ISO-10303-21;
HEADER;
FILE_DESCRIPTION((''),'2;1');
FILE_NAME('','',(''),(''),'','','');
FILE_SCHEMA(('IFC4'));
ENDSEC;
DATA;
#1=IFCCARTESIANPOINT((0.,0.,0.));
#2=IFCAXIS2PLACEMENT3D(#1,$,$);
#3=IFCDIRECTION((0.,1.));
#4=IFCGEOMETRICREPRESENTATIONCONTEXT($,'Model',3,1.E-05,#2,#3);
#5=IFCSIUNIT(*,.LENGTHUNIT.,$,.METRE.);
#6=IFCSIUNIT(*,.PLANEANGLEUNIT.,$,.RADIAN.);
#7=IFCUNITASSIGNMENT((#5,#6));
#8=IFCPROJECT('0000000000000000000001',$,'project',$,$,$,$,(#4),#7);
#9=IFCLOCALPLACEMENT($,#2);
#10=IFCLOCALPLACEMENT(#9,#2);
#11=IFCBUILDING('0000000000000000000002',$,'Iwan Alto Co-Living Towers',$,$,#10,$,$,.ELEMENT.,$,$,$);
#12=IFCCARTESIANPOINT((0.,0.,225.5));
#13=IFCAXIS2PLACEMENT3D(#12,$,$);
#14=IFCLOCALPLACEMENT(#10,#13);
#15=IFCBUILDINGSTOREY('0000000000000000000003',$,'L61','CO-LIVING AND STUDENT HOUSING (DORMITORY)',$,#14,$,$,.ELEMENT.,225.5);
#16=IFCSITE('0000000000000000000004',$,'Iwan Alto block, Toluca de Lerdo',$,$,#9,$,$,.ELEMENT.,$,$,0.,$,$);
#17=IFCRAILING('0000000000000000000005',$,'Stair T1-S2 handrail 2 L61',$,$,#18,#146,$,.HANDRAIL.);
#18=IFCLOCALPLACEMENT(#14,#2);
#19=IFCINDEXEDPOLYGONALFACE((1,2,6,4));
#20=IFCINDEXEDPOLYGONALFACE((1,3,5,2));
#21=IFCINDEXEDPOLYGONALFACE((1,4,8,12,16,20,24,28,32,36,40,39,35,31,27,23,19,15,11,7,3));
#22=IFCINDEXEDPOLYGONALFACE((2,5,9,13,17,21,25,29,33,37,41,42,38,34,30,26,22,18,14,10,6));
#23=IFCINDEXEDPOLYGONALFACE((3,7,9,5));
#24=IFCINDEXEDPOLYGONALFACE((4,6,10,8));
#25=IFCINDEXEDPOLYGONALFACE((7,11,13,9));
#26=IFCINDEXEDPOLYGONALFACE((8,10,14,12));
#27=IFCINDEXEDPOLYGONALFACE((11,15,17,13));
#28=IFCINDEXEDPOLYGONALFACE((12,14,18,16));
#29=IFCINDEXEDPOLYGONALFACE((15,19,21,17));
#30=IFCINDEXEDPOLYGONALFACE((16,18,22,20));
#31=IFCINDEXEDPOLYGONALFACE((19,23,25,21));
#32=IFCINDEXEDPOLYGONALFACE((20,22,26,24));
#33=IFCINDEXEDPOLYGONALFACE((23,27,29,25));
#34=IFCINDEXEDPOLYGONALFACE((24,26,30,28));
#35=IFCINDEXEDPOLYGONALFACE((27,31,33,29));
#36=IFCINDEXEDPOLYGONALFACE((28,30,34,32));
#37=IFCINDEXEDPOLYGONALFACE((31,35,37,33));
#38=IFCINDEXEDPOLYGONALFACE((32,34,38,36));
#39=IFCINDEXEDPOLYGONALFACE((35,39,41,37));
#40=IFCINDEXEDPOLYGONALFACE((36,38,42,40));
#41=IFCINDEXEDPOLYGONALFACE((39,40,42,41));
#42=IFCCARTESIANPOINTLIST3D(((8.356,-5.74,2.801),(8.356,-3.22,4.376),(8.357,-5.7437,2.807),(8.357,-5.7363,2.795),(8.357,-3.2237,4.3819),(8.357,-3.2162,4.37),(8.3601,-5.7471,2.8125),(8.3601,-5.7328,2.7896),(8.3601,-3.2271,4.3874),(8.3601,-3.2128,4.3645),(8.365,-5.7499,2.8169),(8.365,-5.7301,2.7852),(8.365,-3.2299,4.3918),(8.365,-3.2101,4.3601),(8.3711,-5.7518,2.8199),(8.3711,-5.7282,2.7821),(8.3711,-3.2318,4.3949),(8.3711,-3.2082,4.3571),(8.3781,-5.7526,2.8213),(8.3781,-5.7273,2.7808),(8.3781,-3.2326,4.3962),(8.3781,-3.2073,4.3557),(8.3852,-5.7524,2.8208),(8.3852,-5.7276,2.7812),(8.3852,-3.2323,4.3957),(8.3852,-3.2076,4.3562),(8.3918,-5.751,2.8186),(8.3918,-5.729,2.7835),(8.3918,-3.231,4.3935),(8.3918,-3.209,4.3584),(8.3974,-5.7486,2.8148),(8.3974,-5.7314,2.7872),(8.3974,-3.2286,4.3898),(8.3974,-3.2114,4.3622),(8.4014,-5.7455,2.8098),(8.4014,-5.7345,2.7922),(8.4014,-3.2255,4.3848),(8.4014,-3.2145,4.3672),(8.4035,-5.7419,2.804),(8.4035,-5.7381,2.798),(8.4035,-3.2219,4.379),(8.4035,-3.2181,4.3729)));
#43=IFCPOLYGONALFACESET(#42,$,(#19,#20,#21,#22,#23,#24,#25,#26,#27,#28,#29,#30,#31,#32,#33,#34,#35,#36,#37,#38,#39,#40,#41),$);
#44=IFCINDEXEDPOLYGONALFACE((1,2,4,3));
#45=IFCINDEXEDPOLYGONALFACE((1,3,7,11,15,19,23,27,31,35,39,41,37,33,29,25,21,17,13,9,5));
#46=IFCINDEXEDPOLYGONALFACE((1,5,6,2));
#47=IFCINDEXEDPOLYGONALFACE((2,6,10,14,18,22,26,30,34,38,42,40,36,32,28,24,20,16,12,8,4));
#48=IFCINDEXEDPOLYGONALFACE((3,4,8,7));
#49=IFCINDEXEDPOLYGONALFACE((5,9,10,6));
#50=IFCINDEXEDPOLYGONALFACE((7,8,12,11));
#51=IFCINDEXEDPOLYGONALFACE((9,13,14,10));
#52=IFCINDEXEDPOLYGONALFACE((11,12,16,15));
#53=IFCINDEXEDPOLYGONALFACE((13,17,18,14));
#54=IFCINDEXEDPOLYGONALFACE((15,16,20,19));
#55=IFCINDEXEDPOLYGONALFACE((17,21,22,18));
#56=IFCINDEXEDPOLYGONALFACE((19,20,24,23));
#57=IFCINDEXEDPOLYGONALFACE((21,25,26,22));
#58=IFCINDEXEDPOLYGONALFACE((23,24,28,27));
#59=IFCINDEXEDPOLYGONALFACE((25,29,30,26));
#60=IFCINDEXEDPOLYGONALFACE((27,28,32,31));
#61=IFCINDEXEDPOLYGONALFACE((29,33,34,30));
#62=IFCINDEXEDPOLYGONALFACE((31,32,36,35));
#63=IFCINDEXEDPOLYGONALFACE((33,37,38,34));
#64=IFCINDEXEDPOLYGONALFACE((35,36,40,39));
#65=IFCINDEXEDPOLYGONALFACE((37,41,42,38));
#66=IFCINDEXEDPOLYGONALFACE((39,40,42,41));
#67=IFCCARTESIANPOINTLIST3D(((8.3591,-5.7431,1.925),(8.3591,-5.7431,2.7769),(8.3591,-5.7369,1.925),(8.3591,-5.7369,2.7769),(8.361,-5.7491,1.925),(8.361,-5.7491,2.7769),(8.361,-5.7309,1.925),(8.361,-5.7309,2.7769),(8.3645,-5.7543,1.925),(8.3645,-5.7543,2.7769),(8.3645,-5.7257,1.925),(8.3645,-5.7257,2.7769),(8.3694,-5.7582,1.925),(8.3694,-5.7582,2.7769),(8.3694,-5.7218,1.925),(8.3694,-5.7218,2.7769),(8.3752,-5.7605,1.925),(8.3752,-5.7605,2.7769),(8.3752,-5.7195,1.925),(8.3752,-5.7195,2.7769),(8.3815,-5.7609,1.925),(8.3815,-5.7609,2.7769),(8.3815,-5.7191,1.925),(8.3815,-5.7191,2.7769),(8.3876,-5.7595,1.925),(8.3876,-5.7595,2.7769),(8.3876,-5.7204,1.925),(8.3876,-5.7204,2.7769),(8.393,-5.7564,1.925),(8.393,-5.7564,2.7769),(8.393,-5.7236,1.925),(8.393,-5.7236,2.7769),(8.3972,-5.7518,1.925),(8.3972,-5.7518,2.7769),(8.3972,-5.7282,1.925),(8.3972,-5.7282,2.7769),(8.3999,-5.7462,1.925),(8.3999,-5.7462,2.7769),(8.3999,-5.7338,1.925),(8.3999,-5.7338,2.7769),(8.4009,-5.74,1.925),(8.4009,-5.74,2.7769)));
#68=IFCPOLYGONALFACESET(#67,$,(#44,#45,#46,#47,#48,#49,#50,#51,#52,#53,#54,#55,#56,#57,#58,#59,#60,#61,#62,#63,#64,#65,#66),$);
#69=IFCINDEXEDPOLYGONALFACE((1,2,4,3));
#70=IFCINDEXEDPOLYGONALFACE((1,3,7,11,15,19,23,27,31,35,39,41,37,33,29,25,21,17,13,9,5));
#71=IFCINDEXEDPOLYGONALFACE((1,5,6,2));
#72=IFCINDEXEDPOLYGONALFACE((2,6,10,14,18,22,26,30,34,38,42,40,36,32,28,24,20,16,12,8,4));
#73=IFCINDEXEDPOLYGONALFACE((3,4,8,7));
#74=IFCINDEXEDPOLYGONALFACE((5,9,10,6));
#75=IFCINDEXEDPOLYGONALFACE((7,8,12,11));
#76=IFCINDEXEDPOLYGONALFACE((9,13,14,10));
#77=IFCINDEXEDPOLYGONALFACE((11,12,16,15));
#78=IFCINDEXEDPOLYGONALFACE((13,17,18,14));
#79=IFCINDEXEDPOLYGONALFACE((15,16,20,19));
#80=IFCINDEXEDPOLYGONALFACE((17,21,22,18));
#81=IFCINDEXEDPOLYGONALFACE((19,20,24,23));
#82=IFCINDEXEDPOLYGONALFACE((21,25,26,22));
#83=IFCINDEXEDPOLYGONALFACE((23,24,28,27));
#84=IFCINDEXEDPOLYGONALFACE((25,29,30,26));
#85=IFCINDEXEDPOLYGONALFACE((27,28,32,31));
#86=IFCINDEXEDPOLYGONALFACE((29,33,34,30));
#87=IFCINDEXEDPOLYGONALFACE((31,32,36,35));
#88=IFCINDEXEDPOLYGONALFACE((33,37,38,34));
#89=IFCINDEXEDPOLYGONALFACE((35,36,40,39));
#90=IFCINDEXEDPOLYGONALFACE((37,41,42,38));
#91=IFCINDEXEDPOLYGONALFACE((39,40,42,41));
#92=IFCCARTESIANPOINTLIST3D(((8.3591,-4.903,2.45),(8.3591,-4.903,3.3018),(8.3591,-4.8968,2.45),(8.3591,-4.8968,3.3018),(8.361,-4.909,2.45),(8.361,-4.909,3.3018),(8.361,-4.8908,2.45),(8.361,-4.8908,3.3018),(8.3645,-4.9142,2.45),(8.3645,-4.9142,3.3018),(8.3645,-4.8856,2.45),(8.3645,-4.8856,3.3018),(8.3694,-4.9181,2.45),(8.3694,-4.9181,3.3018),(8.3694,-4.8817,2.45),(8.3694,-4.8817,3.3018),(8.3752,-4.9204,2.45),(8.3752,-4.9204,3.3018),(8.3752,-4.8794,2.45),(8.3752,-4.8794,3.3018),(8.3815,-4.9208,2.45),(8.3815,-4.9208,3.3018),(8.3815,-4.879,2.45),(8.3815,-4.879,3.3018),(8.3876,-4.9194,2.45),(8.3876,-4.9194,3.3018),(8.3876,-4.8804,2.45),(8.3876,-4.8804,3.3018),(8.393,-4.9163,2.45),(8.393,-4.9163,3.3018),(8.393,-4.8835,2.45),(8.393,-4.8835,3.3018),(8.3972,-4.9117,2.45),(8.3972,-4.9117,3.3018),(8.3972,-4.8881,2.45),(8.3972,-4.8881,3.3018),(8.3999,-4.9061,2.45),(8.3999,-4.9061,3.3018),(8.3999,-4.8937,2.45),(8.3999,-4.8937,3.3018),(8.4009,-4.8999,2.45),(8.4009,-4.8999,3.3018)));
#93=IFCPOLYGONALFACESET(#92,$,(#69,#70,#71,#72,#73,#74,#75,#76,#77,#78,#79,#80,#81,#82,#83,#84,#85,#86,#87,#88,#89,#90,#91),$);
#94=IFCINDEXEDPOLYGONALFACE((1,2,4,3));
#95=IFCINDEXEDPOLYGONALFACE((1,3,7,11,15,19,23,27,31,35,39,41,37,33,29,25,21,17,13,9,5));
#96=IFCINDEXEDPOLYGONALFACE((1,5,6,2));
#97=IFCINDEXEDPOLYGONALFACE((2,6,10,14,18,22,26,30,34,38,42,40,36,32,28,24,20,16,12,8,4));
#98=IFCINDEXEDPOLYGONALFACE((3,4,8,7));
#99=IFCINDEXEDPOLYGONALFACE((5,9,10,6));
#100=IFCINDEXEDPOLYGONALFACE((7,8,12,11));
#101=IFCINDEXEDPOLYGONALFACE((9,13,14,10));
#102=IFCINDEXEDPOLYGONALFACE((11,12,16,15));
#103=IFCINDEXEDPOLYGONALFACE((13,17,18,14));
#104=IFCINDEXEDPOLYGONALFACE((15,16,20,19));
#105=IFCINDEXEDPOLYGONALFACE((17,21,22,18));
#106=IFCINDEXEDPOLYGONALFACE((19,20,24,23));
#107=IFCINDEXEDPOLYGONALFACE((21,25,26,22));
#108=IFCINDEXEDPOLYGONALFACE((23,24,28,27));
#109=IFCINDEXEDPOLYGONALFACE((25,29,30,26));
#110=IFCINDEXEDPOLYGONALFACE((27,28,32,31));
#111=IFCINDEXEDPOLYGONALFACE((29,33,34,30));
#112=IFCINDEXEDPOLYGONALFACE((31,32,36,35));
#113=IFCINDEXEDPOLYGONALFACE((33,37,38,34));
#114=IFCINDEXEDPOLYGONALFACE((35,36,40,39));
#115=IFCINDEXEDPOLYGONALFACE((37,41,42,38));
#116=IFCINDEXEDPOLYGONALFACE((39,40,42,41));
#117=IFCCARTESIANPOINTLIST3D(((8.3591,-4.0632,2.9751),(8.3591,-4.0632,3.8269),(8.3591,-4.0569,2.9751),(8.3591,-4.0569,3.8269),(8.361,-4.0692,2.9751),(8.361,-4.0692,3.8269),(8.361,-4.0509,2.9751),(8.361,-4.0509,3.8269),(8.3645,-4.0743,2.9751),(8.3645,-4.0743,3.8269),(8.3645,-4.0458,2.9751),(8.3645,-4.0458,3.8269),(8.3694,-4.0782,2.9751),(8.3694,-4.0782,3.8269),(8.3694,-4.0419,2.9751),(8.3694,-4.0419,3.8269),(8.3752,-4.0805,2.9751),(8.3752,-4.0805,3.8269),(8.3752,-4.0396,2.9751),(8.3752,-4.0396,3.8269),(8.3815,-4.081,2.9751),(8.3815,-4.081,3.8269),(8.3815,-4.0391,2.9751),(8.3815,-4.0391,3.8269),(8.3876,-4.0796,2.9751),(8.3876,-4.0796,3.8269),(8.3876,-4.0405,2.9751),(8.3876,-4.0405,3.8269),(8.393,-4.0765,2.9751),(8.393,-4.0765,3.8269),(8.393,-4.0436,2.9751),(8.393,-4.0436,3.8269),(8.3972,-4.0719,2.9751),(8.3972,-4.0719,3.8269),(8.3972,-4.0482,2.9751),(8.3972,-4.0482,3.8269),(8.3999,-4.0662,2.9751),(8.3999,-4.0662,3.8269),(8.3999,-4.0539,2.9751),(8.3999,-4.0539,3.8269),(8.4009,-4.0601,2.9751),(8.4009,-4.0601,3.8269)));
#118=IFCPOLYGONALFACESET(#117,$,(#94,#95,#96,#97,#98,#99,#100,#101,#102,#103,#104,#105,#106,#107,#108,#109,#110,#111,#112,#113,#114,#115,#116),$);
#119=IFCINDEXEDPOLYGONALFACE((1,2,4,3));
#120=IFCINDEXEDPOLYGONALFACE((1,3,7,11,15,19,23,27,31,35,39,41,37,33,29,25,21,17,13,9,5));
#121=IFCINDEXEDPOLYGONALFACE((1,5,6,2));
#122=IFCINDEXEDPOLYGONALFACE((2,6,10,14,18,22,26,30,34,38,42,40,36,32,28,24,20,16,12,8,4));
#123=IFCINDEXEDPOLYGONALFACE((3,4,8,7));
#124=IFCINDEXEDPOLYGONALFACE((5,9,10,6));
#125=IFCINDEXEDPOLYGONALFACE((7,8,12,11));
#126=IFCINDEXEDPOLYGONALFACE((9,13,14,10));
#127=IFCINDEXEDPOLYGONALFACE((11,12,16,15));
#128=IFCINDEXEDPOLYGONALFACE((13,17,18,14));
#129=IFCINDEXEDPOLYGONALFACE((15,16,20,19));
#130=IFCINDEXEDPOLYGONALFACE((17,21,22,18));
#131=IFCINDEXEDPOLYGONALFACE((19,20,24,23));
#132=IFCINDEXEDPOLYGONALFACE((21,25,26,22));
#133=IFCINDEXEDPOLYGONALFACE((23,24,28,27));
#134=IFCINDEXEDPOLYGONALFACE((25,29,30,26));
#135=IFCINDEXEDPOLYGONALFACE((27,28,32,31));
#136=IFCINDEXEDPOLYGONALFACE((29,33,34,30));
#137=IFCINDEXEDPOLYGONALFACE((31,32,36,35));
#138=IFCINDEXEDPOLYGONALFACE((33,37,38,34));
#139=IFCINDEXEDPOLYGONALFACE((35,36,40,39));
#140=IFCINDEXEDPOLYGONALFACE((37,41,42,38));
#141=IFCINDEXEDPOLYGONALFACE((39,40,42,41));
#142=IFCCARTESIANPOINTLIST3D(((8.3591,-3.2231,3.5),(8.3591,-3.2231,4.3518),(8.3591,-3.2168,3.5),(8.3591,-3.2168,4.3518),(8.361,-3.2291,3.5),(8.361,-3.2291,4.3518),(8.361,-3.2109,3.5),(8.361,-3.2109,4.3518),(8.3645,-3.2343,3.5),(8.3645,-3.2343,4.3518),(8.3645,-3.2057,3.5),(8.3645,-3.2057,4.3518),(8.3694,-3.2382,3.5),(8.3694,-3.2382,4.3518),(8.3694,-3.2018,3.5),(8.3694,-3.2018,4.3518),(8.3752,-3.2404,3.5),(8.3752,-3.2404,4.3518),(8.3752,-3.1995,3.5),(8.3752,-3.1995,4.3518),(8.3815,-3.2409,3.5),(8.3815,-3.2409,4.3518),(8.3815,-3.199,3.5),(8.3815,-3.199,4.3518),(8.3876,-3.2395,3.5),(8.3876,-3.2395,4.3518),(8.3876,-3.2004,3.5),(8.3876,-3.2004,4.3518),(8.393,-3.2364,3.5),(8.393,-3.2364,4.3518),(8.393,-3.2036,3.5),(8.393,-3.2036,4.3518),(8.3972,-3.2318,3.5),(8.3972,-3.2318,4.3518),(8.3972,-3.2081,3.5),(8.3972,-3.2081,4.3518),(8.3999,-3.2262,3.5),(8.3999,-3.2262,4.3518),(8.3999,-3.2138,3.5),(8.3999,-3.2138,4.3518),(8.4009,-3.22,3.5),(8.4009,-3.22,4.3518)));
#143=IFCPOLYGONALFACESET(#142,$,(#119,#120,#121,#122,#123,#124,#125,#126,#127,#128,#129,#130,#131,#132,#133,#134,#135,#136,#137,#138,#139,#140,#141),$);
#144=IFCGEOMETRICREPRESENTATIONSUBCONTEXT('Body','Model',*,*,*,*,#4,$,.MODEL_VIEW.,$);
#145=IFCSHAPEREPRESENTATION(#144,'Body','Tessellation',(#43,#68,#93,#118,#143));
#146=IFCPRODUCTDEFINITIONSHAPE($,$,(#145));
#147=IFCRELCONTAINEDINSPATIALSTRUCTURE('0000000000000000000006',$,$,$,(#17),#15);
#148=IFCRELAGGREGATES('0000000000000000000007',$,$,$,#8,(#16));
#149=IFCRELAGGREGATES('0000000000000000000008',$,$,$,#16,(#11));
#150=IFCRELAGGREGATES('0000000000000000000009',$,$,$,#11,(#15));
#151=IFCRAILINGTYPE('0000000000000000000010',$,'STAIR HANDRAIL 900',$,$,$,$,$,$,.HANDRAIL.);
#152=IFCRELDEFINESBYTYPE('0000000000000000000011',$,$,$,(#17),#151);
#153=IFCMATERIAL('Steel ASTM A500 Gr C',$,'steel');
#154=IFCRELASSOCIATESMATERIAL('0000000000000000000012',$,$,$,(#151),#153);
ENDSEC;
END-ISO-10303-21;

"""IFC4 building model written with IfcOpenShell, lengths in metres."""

from ifc_helpers import new_model, si_unit, direction, frame, origin, origin_2d, place, context, subcontext, project, spatial, circle, extrude, material, type_object, element, save


model = new_model("IFC4")

# Units and contexts
model_context = context("Model", 3, precision=1e-05, world=origin(), true_north=direction((0.0, 1.0)))
body_context = subcontext(model_context, "Body", "Model", "MODEL_VIEW")
ifc_project = project(units=[si_unit("LENGTHUNIT", "METRE"), si_unit("PLANEANGLEUNIT", "RADIAN")], contexts=[model_context])

# Site, building, storey
site_placement = place(None, origin())
site = spatial("IfcSite", under=ifc_project, at=site_placement, Name="Iwan Alto block, Toluca de Lerdo", CompositionType="ELEMENT", RefElevation=0.0)
building_placement = place(site_placement, origin())
building = spatial("IfcBuilding", under=site, at=building_placement, Name="Iwan Alto Co-Living Towers", CompositionType="ELEMENT")
storey_placement = place(building_placement, frame((0.0, 0.0, 225.5)))
storey = spatial("IfcBuildingStorey", under=building, at=storey_placement, Name="L61", Description="CO-LIVING AND STUDENT HOUSING (DORMITORY)", CompositionType="ELEMENT", Elevation=225.5)

# Railing
ifc_material_1 = material(Name="Steel ASTM A500 Gr C", Category="steel")
railing_type_1 = type_object("IfcRailingType", Name="STAIR HANDRAIL 900", PredefinedType="HANDRAIL", material=ifc_material_1)
railing_1_placement = place(storey_placement, frame((8.3799, -5.74, 1.925)))
element("IfcRailing", 1, at=railing_1_placement, inside=storey, type_object=railing_type_1, Name="Stair T1-S2 handrail 2 L61", PredefinedType="HANDRAIL", context=body_context, shape_type="SweptSolid", body=[
    extrude(circle(Radius=0.0239, at=origin_2d()), frame((0.0, 0.0, 0.876), z_axis=(0.0, 0.848008, 0.529984), x_axis=(-1.0, 0.0, 0.0)), (0.0, 0.0, 1.0), 2.9717),
    extrude(circle(Radius=0.021, at=origin_2d()), origin(), (0.0, 0.0, 1.0), 0.8518),
    extrude(circle(Radius=0.021, at=origin_2d()), frame((0.0, 0.8401, 0.5249)), (0.0, 0.0, 1.0), 0.8518),
    extrude(circle(Radius=0.021, at=origin_2d()), frame((0.0, 1.6799, 1.05)), (0.0, 0.0, 1.0), 0.8518),
    extrude(circle(Radius=0.021, at=origin_2d()), frame((0.0, 2.52, 1.575)), (0.0, 0.0, 1.0), 0.8518),
])

save(model, "model.ifc")
